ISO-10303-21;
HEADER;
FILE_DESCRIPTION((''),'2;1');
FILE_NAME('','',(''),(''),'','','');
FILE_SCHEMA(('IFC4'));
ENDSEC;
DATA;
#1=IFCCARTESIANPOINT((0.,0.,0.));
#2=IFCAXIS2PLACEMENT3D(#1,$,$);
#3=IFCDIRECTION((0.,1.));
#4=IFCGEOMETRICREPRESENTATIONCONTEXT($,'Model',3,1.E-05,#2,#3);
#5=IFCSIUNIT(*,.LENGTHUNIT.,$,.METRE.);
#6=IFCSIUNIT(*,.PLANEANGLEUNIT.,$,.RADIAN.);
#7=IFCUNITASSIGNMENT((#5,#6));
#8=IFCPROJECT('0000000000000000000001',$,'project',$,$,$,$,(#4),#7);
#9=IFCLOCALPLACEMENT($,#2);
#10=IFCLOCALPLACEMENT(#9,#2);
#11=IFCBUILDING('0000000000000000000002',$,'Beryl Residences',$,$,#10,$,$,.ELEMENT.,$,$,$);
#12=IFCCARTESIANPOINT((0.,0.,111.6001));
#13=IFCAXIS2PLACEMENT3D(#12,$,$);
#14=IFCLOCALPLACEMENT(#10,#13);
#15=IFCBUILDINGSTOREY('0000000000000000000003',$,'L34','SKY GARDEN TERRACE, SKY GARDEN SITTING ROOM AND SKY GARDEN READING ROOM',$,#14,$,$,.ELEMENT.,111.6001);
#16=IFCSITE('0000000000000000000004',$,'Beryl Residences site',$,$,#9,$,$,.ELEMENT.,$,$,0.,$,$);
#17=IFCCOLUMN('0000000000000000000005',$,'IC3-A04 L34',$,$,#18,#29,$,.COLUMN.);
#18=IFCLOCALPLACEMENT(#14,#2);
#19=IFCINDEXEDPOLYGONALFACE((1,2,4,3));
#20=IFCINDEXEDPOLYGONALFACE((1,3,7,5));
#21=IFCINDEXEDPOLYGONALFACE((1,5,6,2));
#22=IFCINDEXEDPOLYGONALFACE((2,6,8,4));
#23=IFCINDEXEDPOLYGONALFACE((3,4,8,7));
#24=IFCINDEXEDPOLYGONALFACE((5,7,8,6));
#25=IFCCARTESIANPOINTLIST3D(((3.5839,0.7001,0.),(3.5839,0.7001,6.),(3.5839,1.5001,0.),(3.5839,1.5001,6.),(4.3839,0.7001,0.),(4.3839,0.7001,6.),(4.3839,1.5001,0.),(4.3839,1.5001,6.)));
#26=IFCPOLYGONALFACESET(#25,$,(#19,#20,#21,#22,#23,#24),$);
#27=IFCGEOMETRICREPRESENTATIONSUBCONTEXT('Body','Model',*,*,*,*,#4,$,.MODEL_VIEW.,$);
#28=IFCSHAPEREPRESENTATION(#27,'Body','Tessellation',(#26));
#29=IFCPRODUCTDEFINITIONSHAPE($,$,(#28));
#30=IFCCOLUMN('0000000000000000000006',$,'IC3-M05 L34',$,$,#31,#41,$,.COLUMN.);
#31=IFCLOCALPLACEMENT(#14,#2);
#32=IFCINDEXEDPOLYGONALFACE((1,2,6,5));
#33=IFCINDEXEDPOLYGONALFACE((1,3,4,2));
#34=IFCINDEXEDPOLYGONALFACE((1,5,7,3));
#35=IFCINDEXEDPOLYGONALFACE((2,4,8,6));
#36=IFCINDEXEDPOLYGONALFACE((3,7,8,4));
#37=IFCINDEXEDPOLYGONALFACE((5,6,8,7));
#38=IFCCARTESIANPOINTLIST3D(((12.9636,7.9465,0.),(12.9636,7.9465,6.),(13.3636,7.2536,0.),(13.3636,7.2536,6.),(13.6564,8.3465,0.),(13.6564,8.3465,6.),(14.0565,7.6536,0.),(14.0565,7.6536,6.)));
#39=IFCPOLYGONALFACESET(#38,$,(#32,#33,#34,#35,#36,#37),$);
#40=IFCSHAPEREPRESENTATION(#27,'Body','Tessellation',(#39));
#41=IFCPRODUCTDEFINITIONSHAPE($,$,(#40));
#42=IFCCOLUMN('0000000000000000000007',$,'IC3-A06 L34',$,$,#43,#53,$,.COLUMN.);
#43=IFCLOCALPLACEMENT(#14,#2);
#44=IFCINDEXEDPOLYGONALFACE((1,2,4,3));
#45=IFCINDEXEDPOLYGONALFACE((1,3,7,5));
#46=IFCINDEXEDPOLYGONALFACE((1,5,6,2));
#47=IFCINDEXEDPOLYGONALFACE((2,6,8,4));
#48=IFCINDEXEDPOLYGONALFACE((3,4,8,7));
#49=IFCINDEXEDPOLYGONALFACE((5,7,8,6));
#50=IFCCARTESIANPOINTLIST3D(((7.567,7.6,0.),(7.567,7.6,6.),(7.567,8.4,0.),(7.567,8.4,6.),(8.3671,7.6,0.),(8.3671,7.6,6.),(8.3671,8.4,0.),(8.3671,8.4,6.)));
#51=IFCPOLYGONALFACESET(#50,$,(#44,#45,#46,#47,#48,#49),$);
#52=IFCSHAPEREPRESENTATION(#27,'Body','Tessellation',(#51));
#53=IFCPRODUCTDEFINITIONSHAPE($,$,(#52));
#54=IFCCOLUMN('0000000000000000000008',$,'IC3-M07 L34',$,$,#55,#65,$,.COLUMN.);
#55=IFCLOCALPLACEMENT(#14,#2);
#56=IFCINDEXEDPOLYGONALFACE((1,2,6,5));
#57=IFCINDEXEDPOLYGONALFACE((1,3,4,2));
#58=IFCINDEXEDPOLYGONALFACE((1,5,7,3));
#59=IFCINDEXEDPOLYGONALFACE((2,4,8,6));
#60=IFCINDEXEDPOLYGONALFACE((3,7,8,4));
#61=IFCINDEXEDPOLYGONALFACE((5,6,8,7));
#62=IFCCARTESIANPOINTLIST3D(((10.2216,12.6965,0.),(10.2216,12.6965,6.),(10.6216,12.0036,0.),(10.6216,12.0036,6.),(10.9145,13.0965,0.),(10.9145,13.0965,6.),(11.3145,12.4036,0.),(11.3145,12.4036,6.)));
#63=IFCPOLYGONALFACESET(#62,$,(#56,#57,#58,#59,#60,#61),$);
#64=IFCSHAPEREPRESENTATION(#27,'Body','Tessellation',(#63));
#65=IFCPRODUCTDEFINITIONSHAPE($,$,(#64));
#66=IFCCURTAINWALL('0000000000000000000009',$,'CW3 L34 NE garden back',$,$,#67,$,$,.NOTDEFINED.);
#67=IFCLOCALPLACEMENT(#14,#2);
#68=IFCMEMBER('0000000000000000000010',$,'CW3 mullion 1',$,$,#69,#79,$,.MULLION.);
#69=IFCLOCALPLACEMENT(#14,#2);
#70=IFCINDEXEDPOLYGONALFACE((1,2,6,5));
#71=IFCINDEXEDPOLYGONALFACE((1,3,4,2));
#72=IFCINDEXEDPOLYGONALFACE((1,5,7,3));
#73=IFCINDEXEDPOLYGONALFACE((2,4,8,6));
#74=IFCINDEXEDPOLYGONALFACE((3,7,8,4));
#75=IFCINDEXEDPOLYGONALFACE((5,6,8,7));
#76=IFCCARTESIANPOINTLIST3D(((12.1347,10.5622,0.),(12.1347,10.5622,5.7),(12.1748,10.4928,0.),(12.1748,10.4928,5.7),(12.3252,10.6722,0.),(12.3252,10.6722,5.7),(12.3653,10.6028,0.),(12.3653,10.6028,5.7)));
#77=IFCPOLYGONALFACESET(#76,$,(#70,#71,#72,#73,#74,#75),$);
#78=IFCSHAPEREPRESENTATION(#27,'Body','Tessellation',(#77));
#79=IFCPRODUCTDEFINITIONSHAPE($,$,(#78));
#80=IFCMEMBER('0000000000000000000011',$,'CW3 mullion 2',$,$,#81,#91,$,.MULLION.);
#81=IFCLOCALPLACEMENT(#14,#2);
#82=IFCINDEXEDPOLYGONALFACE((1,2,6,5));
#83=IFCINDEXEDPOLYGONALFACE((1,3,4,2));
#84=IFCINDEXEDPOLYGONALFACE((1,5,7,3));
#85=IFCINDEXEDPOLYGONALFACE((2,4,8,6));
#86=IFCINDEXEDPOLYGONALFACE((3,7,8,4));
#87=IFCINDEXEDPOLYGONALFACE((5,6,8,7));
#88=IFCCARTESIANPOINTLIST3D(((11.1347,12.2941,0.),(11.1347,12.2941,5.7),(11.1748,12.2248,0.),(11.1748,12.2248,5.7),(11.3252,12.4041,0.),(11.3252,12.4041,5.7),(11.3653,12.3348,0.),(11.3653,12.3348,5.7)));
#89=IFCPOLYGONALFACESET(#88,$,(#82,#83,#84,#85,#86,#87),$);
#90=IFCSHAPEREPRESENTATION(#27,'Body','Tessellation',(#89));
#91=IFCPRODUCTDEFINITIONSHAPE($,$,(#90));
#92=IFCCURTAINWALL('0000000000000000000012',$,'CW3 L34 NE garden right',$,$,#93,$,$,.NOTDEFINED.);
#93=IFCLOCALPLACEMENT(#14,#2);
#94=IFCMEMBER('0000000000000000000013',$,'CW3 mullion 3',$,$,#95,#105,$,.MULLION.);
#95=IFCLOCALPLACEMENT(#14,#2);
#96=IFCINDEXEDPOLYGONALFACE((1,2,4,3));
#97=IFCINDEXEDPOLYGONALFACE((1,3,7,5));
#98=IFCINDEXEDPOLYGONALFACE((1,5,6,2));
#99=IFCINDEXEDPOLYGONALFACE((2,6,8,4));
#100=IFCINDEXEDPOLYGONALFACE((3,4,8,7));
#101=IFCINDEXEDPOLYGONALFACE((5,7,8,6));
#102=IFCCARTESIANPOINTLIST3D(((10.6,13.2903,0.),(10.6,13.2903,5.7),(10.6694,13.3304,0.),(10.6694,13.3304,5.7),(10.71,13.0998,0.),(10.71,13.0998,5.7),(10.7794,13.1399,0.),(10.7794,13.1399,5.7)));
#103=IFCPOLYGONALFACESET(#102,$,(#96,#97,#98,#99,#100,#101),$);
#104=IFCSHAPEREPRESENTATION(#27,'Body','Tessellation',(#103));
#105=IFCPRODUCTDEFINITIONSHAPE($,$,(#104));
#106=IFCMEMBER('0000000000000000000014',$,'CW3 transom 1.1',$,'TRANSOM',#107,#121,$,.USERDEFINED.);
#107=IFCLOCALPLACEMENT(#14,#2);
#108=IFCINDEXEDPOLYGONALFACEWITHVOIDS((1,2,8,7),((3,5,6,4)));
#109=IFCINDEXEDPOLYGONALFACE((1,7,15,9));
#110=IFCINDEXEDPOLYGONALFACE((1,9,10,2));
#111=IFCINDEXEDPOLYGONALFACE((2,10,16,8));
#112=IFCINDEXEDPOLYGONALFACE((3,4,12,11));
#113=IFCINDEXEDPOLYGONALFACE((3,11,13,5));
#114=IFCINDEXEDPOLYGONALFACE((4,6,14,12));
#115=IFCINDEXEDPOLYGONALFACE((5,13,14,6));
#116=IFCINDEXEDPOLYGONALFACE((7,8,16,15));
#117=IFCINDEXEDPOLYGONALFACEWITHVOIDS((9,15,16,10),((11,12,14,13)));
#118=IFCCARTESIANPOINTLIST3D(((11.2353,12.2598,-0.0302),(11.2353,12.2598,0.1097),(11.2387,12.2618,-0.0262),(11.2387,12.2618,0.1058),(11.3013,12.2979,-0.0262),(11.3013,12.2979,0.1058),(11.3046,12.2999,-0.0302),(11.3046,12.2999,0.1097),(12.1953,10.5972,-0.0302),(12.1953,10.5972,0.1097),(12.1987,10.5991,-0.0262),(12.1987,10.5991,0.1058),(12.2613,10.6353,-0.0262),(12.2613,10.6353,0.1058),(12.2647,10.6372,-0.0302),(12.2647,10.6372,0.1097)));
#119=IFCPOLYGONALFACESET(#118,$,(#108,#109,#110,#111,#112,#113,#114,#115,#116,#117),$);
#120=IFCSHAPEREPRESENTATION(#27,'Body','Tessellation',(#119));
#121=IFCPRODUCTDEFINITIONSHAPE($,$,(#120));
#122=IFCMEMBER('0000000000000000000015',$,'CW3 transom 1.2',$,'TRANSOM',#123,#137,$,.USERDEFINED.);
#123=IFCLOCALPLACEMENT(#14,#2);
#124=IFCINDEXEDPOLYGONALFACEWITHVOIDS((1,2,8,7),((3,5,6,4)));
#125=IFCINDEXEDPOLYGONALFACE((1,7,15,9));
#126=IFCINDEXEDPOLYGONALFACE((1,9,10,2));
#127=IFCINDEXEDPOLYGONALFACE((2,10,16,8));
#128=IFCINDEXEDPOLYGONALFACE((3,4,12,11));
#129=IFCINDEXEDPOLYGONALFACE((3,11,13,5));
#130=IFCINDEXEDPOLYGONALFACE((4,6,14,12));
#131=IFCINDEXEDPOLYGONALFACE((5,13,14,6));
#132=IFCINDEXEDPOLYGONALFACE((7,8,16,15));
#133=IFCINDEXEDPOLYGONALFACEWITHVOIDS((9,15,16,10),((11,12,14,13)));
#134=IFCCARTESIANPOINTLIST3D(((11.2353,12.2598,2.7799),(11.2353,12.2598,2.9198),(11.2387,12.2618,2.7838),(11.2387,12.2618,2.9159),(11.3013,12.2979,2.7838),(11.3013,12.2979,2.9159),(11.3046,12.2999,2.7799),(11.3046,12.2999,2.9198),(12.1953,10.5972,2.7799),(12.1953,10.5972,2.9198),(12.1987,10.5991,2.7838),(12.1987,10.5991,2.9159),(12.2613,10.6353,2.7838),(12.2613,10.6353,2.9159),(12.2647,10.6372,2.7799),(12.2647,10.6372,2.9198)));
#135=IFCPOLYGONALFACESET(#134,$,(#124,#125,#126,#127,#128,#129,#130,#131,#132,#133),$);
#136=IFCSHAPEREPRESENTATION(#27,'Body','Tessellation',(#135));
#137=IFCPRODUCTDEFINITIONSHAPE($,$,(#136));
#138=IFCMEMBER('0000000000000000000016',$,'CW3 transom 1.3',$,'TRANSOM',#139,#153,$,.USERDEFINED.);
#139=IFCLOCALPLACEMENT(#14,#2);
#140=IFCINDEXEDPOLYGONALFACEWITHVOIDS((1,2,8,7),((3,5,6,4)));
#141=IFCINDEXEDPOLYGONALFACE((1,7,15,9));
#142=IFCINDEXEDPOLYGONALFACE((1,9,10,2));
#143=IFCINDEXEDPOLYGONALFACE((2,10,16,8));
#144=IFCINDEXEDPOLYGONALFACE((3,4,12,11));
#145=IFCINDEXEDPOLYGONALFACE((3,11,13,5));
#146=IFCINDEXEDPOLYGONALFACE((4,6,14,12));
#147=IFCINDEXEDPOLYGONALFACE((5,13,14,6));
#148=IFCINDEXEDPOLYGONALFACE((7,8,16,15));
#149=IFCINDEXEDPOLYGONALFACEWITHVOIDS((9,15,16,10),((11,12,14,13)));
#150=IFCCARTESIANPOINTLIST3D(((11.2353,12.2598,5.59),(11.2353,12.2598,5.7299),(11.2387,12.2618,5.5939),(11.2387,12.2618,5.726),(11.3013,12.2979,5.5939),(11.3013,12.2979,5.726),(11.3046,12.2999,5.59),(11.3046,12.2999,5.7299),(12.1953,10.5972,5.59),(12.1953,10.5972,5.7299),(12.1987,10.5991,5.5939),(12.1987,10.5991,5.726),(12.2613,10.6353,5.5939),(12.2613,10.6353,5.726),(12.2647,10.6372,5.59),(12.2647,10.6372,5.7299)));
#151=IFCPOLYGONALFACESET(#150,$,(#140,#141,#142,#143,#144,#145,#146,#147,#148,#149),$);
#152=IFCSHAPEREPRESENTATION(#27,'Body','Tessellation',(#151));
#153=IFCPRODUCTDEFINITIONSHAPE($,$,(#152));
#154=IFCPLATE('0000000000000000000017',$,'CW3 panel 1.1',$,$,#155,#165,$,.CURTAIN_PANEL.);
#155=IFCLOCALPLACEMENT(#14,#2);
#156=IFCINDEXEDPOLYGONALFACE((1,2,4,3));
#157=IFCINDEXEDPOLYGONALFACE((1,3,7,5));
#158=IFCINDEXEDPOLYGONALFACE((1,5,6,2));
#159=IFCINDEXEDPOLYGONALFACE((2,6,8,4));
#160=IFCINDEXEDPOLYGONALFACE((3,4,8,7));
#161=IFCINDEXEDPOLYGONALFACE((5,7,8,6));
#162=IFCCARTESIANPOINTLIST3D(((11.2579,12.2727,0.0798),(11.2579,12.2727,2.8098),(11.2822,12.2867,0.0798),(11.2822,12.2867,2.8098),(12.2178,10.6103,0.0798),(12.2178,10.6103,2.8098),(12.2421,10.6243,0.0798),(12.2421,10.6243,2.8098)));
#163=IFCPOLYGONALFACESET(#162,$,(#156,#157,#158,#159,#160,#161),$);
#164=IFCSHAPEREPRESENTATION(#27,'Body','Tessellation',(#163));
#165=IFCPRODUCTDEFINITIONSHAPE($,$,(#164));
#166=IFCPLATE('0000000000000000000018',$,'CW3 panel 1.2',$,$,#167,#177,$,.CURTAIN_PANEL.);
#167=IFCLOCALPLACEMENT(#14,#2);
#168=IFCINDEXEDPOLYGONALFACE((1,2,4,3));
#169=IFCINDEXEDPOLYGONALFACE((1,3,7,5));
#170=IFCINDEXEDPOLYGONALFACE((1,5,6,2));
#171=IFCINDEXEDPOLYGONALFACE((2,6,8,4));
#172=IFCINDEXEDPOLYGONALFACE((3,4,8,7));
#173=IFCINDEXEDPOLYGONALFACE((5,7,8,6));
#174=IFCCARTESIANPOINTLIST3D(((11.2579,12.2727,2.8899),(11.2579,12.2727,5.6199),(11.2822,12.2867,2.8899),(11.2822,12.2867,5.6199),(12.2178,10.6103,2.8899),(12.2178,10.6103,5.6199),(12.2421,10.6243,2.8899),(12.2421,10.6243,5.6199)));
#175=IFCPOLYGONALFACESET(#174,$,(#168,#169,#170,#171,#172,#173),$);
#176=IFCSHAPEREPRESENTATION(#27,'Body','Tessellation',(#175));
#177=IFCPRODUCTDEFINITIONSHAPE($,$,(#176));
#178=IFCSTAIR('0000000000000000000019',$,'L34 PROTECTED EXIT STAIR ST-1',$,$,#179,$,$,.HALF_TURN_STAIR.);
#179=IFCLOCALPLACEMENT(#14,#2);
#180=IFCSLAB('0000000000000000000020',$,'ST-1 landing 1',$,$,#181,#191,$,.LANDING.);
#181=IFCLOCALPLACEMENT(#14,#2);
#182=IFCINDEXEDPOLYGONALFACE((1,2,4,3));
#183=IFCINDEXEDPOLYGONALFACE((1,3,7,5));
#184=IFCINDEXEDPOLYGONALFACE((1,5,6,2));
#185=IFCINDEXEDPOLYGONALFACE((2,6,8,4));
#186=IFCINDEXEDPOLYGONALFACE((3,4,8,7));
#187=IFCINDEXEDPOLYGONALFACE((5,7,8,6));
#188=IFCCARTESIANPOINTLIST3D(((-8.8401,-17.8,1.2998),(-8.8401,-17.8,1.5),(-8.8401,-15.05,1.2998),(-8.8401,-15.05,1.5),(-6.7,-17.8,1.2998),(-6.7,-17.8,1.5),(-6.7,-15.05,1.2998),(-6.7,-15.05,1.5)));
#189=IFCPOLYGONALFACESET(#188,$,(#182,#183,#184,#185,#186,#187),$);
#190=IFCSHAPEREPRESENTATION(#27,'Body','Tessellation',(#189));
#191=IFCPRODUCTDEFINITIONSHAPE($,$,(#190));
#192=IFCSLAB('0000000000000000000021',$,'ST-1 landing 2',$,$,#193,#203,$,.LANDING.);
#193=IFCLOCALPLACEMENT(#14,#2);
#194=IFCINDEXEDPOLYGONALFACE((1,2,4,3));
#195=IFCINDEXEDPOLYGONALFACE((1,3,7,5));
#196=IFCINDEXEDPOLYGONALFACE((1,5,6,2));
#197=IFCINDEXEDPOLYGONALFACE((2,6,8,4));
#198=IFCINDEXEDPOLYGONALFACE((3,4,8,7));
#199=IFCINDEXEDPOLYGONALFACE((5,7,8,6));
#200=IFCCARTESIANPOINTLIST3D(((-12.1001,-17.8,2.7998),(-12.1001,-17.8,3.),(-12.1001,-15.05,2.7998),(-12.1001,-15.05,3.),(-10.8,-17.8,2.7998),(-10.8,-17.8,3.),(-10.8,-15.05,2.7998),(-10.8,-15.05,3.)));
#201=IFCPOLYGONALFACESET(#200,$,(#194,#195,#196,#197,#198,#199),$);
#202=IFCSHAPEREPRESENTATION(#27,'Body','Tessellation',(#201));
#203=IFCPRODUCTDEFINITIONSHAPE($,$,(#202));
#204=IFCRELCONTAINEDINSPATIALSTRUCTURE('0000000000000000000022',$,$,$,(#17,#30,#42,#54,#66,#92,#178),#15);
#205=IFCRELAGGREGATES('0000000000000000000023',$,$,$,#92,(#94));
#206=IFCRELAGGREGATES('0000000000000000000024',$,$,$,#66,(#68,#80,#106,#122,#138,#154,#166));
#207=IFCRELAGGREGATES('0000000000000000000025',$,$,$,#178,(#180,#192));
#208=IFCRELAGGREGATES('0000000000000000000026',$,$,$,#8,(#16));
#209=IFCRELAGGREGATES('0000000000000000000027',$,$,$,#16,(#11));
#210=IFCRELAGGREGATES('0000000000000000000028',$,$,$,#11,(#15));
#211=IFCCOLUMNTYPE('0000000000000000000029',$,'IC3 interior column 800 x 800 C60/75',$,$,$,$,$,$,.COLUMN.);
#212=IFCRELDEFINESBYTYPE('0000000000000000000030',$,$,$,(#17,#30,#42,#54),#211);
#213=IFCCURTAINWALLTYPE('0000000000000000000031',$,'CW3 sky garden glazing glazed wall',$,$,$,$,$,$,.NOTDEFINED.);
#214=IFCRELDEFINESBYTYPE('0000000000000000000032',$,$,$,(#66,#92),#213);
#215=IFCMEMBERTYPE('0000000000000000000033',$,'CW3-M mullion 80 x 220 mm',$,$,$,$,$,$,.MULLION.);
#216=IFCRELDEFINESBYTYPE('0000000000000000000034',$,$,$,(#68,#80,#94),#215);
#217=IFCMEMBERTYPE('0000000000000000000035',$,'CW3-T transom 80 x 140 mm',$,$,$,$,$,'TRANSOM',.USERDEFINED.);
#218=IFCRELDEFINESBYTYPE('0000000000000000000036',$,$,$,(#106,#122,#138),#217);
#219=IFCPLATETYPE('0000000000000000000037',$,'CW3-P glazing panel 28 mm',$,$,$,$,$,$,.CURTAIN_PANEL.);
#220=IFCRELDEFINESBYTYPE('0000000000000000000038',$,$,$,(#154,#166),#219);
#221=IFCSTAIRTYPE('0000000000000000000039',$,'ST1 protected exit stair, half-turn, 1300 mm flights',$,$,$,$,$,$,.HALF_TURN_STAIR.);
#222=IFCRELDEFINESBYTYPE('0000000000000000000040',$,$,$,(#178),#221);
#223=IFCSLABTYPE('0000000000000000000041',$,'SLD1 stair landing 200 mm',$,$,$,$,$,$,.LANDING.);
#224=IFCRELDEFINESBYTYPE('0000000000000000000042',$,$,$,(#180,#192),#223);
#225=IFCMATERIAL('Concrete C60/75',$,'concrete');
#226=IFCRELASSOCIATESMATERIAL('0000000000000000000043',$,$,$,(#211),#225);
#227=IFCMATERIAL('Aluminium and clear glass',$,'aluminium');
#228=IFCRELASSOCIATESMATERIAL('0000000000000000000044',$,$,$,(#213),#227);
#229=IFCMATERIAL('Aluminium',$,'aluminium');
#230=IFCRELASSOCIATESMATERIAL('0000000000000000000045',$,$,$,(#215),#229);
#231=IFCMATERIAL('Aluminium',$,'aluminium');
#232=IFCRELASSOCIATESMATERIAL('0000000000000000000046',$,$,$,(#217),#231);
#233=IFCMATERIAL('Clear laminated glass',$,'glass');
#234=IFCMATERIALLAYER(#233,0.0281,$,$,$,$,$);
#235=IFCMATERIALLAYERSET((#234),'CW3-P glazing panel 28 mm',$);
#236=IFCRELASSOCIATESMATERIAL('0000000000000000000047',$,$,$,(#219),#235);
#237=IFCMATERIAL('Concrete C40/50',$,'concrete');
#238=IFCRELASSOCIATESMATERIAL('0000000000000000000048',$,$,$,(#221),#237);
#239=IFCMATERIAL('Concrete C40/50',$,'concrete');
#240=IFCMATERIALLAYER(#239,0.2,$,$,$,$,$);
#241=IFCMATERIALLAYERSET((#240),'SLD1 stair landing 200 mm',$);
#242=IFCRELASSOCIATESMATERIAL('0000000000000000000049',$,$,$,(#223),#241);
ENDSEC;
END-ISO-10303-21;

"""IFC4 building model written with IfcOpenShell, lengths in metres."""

from ifc_helpers import new_model, si_unit, direction, frame, origin, origin_2d, place, context, subcontext, project, spatial, polyline, rectangle, hollow_rectangle, outline, extrude, material, layer, layer_set, material_profile, profile_set, type_object, element, aggregate, save


model = new_model("IFC4")

# Units and contexts
model_context = context("Model", 3, precision=1e-05, world=origin(), true_north=direction((0.0, 1.0)))
body_context = subcontext(model_context, "Body", "Model", "MODEL_VIEW")
ifc_project = project(units=[si_unit("LENGTHUNIT", "METRE"), si_unit("PLANEANGLEUNIT", "RADIAN")], contexts=[model_context])

# Site, building, storey
site_placement = place(None, origin())
site = spatial("IfcSite", under=ifc_project, at=site_placement, Name="Beryl Residences site", CompositionType="ELEMENT", RefElevation=0.0)
building_placement = place(site_placement, origin())
building = spatial("IfcBuilding", under=site, at=building_placement, Name="Beryl Residences", CompositionType="ELEMENT")
storey_placement = place(building_placement, frame((0.0, 0.0, 111.6001)))
storey = spatial("IfcBuildingStorey", under=building, at=storey_placement, Name="L34", Description="SKY GARDEN TERRACE, SKY GARDEN SITTING ROOM AND SKY GARDEN READING ROOM", CompositionType="ELEMENT", Elevation=111.6001)

# Columns
ifc_material_1 = material(Name="Concrete C60/75", Category="concrete")
ifc_material_profile_1 = material_profile(ifc_material_1, rectangle(XDim=0.8, YDim=0.8, at=origin_2d()))
ifc_profile_set_1 = profile_set([ifc_material_profile_1], Name="Concrete C60/75")
column_type = type_object("IfcColumnType", Name="IC3 interior column 800 x 800 C60/75", PredefinedType="COLUMN", material=ifc_profile_set_1)
for number, where, z_axis, x_axis, name in (
    (1, (3.9839, 1.1001, 0.0), (0.0, 0.0, 1.0), (1.0, 0.0, 0.0), "IC3-A04 L34"),
    (2, (13.51, 7.8, 0.0), (0.0, 0.0, 1.0), (-0.5, 0.866025, 0.0), "IC3-M05 L34"),
    (3, (7.967, 8.0, 0.0), (0.0, 0.0, 1.0), (1.0, 0.0, 0.0), "IC3-A06 L34"),
    (4, (10.7681, 12.55, 0.0), (0.0, 0.0, 1.0), (-0.5, 0.866025, 0.0), "IC3-M07 L34"),
):
    element("IfcColumn", number, at=place(storey_placement, frame(where, z_axis=z_axis, x_axis=x_axis)), inside=storey, type_object=column_type, Name=name, PredefinedType="COLUMN", context=body_context, shape_type="SweptSolid", body=[
        extrude(rectangle(XDim=0.8, YDim=0.8, at=origin_2d()), origin(), (0.0, 0.0, 1.0), 6.0),
    ])

# Curtain wall, members
ifc_material_2 = material(Name="Aluminium and clear glass", Category="aluminium")
curtain_wall_type = type_object("IfcCurtainWallType", Name="CW3 sky garden glazing glazed wall", PredefinedType="NOTDEFINED", material=ifc_material_2)
curtain_wall_1_placement = place(storey_placement, origin())
curtain_wall_1 = element("IfcCurtainWall", 5, at=curtain_wall_1_placement, inside=storey, type_object=curtain_wall_type, Name="CW3 L34 NE garden back", PredefinedType="NOTDEFINED")
ifc_material_3 = material(Name="Aluminium", Category="aluminium")
ifc_material_profile_2 = material_profile(ifc_material_3, rectangle(XDim=0.0801, YDim=0.22, at=origin_2d()))
ifc_profile_set_2 = profile_set([ifc_material_profile_2], Name="Aluminium")
member_type_1 = type_object("IfcMemberType", Name="CW3-M mullion 80 x 220 mm", PredefinedType="MULLION", material=ifc_profile_set_2)
member_1_placement = place(storey_placement, frame((12.25, 10.5825, 0.0), z_axis=(0.0, 0.0, 1.0), x_axis=(-0.500069, 0.865985, 0.0)))
member_1 = element("IfcMember", 6, at=member_1_placement, type_object=member_type_1, Name="CW3 mullion 1", PredefinedType="MULLION", context=body_context, shape_type="SweptSolid", body=[
    extrude(rectangle(XDim=0.0801, YDim=0.22, at=origin_2d()), origin(), (0.0, 0.0, 1.0), 5.7),
])
member_2_placement = place(storey_placement, frame((11.25, 12.3145, 0.0), z_axis=(0.0, 0.0, 1.0), x_axis=(-0.500069, 0.865985, 0.0)))
member_2 = element("IfcMember", 7, at=member_2_placement, type_object=member_type_1, Name="CW3 mullion 2", PredefinedType="MULLION", context=body_context, shape_type="SweptSolid", body=[
    extrude(rectangle(XDim=0.0801, YDim=0.22, at=origin_2d()), origin(), (0.0, 0.0, 1.0), 5.7),
])

# Curtain wall, member
curtain_wall_2_placement = place(storey_placement, origin())
curtain_wall_2 = element("IfcCurtainWall", 8, at=curtain_wall_2_placement, inside=storey, type_object=curtain_wall_type, Name="CW3 L34 NE garden right", PredefinedType="NOTDEFINED")
member_3_placement = place(storey_placement, frame((10.6897, 13.2151, 0.0), z_axis=(0.0, 0.0, 1.0), x_axis=(-0.866009, -0.500029, 0.0)))
member_3 = element("IfcMember", 9, at=member_3_placement, type_object=member_type_1, Name="CW3 mullion 3", PredefinedType="MULLION", context=body_context, shape_type="SweptSolid", body=[
    extrude(rectangle(XDim=0.0801, YDim=0.22, at=origin_2d()), origin(), (0.0, 0.0, 1.0), 5.7),
])
aggregate(curtain_wall_2, [member_3])

# Members
ifc_material_4 = material(Name="Aluminium", Category="aluminium")
ifc_material_profile_3 = material_profile(ifc_material_4, hollow_rectangle(XDim=0.0801, YDim=0.1399, WallThickness=0.0039, at=origin_2d()))
ifc_profile_set_3 = profile_set([ifc_material_profile_3], Name="Aluminium")
member_type_2 = type_object("IfcMemberType", Name="CW3-T transom 80 x 140 mm", ElementType="TRANSOM", PredefinedType="USERDEFINED", material=ifc_profile_set_3)
member_4_placement = place(storey_placement, frame((12.23, 10.6172, 0.0398), z_axis=(-0.500023, 0.866012, 0.0), x_axis=(-0.866012, -0.500023, 0.0)))
member_4 = element("IfcMember", 10, at=member_4_placement, type_object=member_type_2, Name="CW3 transom 1.1", ObjectType="TRANSOM", PredefinedType="USERDEFINED", context=body_context, shape_type="SweptSolid", body=[
    extrude(hollow_rectangle(XDim=0.0801, YDim=0.1399, WallThickness=0.0039, at=origin_2d()), origin(), (0.0, 0.0, 1.0), 1.9199),
])
member_5_placement = place(storey_placement, frame((12.23, 10.6172, 2.8499), z_axis=(-0.500023, 0.866012, 0.0), x_axis=(-0.866012, -0.500023, 0.0)))
member_5 = element("IfcMember", 11, at=member_5_placement, type_object=member_type_2, Name="CW3 transom 1.2", ObjectType="TRANSOM", PredefinedType="USERDEFINED", context=body_context, shape_type="SweptSolid", body=[
    extrude(hollow_rectangle(XDim=0.0801, YDim=0.1399, WallThickness=0.0039, at=origin_2d()), origin(), (0.0, 0.0, 1.0), 1.9199),
])
member_6_placement = place(storey_placement, frame((12.23, 10.6172, 5.6599), z_axis=(-0.500023, 0.866012, 0.0), x_axis=(-0.866012, -0.500023, 0.0)))
member_6 = element("IfcMember", 12, at=member_6_placement, type_object=member_type_2, Name="CW3 transom 1.3", ObjectType="TRANSOM", PredefinedType="USERDEFINED", context=body_context, shape_type="SweptSolid", body=[
    extrude(hollow_rectangle(XDim=0.0801, YDim=0.1399, WallThickness=0.0039, at=origin_2d()), origin(), (0.0, 0.0, 1.0), 1.9199),
])

# Plates
ifc_material_5 = material(Name="Clear laminated glass", Category="glass")
ifc_layer_1 = layer(ifc_material_5, 0.0281)
ifc_layer_set_1 = layer_set([ifc_layer_1], Name="CW3-P glazing panel 28 mm")
plate_type = type_object("IfcPlateType", Name="CW3-P glazing panel 28 mm", PredefinedType="CURTAIN_PANEL", material=ifc_layer_set_1)
plate_1_placement = place(storey_placement, frame((11.75, 11.4485, 0.0798), z_axis=(0.0, 0.0, 1.0), x_axis=(-0.500069, 0.865985, 0.0)))
plate_1 = element("IfcPlate", 13, at=plate_1_placement, type_object=plate_type, Name="CW3 panel 1.1", PredefinedType="CURTAIN_PANEL", context=body_context, shape_type="SweptSolid", body=[
    extrude(rectangle(XDim=1.9197, YDim=0.0281, at=origin_2d()), origin(), (0.0, 0.0, 1.0), 2.73),
])
plate_2_placement = place(storey_placement, frame((11.75, 11.4485, 2.8899), z_axis=(0.0, 0.0, 1.0), x_axis=(-0.500069, 0.865985, 0.0)))
plate_2 = element("IfcPlate", 14, at=plate_2_placement, type_object=plate_type, Name="CW3 panel 1.2", PredefinedType="CURTAIN_PANEL", context=body_context, shape_type="SweptSolid", body=[
    extrude(rectangle(XDim=1.9197, YDim=0.0281, at=origin_2d()), origin(), (0.0, 0.0, 1.0), 2.73),
])
aggregate(curtain_wall_1, [member_1, member_2, member_4, member_5, member_6, plate_1, plate_2])

# Stair, slabs
ifc_material_6 = material(Name="Concrete C40/50", Category="concrete")
stair_type = type_object("IfcStairType", Name="ST1 protected exit stair, half-turn, 1300 mm flights", PredefinedType="HALF_TURN_STAIR", material=ifc_material_6)
stair_1_placement = place(storey_placement, origin())
stair_1 = element("IfcStair", 15, at=stair_1_placement, inside=storey, type_object=stair_type, Name="L34 PROTECTED EXIT STAIR ST-1", PredefinedType="HALF_TURN_STAIR")
ifc_material_7 = material(Name="Concrete C40/50", Category="concrete")
ifc_layer_2 = layer(ifc_material_7, 0.2)
ifc_layer_set_2 = layer_set([ifc_layer_2], Name="SLD1 stair landing 200 mm")
slab_type = type_object("IfcSlabType", Name="SLD1 stair landing 200 mm", PredefinedType="LANDING", material=ifc_layer_set_2)
slab_1_placement = place(storey_placement, frame((0.0, 0.0, 1.2998)))
slab_1 = element("IfcSlab", 16, at=slab_1_placement, type_object=slab_type, Name="ST-1 landing 1", PredefinedType="LANDING", context=body_context, shape_type="SweptSolid", body=[
    extrude(outline(polyline([(-8.8401, -17.8), (-6.7, -17.8), (-6.7, -15.05), (-8.8401, -15.05), (-8.8401, -17.8)])), origin(), (0.0, 0.0, 1.0), 0.2002),
])
slab_2_placement = place(storey_placement, frame((0.0, 0.0, 2.7998)))
slab_2 = element("IfcSlab", 17, at=slab_2_placement, type_object=slab_type, Name="ST-1 landing 2", PredefinedType="LANDING", context=body_context, shape_type="SweptSolid", body=[
    extrude(outline(polyline([(-12.1001, -17.8), (-10.8, -17.8), (-10.8, -15.05), (-12.1001, -15.05), (-12.1001, -17.8)])), origin(), (0.0, 0.0, 1.0), 0.2002),
])
aggregate(stair_1, [slab_1, slab_2])

save(model, "model.ifc")
